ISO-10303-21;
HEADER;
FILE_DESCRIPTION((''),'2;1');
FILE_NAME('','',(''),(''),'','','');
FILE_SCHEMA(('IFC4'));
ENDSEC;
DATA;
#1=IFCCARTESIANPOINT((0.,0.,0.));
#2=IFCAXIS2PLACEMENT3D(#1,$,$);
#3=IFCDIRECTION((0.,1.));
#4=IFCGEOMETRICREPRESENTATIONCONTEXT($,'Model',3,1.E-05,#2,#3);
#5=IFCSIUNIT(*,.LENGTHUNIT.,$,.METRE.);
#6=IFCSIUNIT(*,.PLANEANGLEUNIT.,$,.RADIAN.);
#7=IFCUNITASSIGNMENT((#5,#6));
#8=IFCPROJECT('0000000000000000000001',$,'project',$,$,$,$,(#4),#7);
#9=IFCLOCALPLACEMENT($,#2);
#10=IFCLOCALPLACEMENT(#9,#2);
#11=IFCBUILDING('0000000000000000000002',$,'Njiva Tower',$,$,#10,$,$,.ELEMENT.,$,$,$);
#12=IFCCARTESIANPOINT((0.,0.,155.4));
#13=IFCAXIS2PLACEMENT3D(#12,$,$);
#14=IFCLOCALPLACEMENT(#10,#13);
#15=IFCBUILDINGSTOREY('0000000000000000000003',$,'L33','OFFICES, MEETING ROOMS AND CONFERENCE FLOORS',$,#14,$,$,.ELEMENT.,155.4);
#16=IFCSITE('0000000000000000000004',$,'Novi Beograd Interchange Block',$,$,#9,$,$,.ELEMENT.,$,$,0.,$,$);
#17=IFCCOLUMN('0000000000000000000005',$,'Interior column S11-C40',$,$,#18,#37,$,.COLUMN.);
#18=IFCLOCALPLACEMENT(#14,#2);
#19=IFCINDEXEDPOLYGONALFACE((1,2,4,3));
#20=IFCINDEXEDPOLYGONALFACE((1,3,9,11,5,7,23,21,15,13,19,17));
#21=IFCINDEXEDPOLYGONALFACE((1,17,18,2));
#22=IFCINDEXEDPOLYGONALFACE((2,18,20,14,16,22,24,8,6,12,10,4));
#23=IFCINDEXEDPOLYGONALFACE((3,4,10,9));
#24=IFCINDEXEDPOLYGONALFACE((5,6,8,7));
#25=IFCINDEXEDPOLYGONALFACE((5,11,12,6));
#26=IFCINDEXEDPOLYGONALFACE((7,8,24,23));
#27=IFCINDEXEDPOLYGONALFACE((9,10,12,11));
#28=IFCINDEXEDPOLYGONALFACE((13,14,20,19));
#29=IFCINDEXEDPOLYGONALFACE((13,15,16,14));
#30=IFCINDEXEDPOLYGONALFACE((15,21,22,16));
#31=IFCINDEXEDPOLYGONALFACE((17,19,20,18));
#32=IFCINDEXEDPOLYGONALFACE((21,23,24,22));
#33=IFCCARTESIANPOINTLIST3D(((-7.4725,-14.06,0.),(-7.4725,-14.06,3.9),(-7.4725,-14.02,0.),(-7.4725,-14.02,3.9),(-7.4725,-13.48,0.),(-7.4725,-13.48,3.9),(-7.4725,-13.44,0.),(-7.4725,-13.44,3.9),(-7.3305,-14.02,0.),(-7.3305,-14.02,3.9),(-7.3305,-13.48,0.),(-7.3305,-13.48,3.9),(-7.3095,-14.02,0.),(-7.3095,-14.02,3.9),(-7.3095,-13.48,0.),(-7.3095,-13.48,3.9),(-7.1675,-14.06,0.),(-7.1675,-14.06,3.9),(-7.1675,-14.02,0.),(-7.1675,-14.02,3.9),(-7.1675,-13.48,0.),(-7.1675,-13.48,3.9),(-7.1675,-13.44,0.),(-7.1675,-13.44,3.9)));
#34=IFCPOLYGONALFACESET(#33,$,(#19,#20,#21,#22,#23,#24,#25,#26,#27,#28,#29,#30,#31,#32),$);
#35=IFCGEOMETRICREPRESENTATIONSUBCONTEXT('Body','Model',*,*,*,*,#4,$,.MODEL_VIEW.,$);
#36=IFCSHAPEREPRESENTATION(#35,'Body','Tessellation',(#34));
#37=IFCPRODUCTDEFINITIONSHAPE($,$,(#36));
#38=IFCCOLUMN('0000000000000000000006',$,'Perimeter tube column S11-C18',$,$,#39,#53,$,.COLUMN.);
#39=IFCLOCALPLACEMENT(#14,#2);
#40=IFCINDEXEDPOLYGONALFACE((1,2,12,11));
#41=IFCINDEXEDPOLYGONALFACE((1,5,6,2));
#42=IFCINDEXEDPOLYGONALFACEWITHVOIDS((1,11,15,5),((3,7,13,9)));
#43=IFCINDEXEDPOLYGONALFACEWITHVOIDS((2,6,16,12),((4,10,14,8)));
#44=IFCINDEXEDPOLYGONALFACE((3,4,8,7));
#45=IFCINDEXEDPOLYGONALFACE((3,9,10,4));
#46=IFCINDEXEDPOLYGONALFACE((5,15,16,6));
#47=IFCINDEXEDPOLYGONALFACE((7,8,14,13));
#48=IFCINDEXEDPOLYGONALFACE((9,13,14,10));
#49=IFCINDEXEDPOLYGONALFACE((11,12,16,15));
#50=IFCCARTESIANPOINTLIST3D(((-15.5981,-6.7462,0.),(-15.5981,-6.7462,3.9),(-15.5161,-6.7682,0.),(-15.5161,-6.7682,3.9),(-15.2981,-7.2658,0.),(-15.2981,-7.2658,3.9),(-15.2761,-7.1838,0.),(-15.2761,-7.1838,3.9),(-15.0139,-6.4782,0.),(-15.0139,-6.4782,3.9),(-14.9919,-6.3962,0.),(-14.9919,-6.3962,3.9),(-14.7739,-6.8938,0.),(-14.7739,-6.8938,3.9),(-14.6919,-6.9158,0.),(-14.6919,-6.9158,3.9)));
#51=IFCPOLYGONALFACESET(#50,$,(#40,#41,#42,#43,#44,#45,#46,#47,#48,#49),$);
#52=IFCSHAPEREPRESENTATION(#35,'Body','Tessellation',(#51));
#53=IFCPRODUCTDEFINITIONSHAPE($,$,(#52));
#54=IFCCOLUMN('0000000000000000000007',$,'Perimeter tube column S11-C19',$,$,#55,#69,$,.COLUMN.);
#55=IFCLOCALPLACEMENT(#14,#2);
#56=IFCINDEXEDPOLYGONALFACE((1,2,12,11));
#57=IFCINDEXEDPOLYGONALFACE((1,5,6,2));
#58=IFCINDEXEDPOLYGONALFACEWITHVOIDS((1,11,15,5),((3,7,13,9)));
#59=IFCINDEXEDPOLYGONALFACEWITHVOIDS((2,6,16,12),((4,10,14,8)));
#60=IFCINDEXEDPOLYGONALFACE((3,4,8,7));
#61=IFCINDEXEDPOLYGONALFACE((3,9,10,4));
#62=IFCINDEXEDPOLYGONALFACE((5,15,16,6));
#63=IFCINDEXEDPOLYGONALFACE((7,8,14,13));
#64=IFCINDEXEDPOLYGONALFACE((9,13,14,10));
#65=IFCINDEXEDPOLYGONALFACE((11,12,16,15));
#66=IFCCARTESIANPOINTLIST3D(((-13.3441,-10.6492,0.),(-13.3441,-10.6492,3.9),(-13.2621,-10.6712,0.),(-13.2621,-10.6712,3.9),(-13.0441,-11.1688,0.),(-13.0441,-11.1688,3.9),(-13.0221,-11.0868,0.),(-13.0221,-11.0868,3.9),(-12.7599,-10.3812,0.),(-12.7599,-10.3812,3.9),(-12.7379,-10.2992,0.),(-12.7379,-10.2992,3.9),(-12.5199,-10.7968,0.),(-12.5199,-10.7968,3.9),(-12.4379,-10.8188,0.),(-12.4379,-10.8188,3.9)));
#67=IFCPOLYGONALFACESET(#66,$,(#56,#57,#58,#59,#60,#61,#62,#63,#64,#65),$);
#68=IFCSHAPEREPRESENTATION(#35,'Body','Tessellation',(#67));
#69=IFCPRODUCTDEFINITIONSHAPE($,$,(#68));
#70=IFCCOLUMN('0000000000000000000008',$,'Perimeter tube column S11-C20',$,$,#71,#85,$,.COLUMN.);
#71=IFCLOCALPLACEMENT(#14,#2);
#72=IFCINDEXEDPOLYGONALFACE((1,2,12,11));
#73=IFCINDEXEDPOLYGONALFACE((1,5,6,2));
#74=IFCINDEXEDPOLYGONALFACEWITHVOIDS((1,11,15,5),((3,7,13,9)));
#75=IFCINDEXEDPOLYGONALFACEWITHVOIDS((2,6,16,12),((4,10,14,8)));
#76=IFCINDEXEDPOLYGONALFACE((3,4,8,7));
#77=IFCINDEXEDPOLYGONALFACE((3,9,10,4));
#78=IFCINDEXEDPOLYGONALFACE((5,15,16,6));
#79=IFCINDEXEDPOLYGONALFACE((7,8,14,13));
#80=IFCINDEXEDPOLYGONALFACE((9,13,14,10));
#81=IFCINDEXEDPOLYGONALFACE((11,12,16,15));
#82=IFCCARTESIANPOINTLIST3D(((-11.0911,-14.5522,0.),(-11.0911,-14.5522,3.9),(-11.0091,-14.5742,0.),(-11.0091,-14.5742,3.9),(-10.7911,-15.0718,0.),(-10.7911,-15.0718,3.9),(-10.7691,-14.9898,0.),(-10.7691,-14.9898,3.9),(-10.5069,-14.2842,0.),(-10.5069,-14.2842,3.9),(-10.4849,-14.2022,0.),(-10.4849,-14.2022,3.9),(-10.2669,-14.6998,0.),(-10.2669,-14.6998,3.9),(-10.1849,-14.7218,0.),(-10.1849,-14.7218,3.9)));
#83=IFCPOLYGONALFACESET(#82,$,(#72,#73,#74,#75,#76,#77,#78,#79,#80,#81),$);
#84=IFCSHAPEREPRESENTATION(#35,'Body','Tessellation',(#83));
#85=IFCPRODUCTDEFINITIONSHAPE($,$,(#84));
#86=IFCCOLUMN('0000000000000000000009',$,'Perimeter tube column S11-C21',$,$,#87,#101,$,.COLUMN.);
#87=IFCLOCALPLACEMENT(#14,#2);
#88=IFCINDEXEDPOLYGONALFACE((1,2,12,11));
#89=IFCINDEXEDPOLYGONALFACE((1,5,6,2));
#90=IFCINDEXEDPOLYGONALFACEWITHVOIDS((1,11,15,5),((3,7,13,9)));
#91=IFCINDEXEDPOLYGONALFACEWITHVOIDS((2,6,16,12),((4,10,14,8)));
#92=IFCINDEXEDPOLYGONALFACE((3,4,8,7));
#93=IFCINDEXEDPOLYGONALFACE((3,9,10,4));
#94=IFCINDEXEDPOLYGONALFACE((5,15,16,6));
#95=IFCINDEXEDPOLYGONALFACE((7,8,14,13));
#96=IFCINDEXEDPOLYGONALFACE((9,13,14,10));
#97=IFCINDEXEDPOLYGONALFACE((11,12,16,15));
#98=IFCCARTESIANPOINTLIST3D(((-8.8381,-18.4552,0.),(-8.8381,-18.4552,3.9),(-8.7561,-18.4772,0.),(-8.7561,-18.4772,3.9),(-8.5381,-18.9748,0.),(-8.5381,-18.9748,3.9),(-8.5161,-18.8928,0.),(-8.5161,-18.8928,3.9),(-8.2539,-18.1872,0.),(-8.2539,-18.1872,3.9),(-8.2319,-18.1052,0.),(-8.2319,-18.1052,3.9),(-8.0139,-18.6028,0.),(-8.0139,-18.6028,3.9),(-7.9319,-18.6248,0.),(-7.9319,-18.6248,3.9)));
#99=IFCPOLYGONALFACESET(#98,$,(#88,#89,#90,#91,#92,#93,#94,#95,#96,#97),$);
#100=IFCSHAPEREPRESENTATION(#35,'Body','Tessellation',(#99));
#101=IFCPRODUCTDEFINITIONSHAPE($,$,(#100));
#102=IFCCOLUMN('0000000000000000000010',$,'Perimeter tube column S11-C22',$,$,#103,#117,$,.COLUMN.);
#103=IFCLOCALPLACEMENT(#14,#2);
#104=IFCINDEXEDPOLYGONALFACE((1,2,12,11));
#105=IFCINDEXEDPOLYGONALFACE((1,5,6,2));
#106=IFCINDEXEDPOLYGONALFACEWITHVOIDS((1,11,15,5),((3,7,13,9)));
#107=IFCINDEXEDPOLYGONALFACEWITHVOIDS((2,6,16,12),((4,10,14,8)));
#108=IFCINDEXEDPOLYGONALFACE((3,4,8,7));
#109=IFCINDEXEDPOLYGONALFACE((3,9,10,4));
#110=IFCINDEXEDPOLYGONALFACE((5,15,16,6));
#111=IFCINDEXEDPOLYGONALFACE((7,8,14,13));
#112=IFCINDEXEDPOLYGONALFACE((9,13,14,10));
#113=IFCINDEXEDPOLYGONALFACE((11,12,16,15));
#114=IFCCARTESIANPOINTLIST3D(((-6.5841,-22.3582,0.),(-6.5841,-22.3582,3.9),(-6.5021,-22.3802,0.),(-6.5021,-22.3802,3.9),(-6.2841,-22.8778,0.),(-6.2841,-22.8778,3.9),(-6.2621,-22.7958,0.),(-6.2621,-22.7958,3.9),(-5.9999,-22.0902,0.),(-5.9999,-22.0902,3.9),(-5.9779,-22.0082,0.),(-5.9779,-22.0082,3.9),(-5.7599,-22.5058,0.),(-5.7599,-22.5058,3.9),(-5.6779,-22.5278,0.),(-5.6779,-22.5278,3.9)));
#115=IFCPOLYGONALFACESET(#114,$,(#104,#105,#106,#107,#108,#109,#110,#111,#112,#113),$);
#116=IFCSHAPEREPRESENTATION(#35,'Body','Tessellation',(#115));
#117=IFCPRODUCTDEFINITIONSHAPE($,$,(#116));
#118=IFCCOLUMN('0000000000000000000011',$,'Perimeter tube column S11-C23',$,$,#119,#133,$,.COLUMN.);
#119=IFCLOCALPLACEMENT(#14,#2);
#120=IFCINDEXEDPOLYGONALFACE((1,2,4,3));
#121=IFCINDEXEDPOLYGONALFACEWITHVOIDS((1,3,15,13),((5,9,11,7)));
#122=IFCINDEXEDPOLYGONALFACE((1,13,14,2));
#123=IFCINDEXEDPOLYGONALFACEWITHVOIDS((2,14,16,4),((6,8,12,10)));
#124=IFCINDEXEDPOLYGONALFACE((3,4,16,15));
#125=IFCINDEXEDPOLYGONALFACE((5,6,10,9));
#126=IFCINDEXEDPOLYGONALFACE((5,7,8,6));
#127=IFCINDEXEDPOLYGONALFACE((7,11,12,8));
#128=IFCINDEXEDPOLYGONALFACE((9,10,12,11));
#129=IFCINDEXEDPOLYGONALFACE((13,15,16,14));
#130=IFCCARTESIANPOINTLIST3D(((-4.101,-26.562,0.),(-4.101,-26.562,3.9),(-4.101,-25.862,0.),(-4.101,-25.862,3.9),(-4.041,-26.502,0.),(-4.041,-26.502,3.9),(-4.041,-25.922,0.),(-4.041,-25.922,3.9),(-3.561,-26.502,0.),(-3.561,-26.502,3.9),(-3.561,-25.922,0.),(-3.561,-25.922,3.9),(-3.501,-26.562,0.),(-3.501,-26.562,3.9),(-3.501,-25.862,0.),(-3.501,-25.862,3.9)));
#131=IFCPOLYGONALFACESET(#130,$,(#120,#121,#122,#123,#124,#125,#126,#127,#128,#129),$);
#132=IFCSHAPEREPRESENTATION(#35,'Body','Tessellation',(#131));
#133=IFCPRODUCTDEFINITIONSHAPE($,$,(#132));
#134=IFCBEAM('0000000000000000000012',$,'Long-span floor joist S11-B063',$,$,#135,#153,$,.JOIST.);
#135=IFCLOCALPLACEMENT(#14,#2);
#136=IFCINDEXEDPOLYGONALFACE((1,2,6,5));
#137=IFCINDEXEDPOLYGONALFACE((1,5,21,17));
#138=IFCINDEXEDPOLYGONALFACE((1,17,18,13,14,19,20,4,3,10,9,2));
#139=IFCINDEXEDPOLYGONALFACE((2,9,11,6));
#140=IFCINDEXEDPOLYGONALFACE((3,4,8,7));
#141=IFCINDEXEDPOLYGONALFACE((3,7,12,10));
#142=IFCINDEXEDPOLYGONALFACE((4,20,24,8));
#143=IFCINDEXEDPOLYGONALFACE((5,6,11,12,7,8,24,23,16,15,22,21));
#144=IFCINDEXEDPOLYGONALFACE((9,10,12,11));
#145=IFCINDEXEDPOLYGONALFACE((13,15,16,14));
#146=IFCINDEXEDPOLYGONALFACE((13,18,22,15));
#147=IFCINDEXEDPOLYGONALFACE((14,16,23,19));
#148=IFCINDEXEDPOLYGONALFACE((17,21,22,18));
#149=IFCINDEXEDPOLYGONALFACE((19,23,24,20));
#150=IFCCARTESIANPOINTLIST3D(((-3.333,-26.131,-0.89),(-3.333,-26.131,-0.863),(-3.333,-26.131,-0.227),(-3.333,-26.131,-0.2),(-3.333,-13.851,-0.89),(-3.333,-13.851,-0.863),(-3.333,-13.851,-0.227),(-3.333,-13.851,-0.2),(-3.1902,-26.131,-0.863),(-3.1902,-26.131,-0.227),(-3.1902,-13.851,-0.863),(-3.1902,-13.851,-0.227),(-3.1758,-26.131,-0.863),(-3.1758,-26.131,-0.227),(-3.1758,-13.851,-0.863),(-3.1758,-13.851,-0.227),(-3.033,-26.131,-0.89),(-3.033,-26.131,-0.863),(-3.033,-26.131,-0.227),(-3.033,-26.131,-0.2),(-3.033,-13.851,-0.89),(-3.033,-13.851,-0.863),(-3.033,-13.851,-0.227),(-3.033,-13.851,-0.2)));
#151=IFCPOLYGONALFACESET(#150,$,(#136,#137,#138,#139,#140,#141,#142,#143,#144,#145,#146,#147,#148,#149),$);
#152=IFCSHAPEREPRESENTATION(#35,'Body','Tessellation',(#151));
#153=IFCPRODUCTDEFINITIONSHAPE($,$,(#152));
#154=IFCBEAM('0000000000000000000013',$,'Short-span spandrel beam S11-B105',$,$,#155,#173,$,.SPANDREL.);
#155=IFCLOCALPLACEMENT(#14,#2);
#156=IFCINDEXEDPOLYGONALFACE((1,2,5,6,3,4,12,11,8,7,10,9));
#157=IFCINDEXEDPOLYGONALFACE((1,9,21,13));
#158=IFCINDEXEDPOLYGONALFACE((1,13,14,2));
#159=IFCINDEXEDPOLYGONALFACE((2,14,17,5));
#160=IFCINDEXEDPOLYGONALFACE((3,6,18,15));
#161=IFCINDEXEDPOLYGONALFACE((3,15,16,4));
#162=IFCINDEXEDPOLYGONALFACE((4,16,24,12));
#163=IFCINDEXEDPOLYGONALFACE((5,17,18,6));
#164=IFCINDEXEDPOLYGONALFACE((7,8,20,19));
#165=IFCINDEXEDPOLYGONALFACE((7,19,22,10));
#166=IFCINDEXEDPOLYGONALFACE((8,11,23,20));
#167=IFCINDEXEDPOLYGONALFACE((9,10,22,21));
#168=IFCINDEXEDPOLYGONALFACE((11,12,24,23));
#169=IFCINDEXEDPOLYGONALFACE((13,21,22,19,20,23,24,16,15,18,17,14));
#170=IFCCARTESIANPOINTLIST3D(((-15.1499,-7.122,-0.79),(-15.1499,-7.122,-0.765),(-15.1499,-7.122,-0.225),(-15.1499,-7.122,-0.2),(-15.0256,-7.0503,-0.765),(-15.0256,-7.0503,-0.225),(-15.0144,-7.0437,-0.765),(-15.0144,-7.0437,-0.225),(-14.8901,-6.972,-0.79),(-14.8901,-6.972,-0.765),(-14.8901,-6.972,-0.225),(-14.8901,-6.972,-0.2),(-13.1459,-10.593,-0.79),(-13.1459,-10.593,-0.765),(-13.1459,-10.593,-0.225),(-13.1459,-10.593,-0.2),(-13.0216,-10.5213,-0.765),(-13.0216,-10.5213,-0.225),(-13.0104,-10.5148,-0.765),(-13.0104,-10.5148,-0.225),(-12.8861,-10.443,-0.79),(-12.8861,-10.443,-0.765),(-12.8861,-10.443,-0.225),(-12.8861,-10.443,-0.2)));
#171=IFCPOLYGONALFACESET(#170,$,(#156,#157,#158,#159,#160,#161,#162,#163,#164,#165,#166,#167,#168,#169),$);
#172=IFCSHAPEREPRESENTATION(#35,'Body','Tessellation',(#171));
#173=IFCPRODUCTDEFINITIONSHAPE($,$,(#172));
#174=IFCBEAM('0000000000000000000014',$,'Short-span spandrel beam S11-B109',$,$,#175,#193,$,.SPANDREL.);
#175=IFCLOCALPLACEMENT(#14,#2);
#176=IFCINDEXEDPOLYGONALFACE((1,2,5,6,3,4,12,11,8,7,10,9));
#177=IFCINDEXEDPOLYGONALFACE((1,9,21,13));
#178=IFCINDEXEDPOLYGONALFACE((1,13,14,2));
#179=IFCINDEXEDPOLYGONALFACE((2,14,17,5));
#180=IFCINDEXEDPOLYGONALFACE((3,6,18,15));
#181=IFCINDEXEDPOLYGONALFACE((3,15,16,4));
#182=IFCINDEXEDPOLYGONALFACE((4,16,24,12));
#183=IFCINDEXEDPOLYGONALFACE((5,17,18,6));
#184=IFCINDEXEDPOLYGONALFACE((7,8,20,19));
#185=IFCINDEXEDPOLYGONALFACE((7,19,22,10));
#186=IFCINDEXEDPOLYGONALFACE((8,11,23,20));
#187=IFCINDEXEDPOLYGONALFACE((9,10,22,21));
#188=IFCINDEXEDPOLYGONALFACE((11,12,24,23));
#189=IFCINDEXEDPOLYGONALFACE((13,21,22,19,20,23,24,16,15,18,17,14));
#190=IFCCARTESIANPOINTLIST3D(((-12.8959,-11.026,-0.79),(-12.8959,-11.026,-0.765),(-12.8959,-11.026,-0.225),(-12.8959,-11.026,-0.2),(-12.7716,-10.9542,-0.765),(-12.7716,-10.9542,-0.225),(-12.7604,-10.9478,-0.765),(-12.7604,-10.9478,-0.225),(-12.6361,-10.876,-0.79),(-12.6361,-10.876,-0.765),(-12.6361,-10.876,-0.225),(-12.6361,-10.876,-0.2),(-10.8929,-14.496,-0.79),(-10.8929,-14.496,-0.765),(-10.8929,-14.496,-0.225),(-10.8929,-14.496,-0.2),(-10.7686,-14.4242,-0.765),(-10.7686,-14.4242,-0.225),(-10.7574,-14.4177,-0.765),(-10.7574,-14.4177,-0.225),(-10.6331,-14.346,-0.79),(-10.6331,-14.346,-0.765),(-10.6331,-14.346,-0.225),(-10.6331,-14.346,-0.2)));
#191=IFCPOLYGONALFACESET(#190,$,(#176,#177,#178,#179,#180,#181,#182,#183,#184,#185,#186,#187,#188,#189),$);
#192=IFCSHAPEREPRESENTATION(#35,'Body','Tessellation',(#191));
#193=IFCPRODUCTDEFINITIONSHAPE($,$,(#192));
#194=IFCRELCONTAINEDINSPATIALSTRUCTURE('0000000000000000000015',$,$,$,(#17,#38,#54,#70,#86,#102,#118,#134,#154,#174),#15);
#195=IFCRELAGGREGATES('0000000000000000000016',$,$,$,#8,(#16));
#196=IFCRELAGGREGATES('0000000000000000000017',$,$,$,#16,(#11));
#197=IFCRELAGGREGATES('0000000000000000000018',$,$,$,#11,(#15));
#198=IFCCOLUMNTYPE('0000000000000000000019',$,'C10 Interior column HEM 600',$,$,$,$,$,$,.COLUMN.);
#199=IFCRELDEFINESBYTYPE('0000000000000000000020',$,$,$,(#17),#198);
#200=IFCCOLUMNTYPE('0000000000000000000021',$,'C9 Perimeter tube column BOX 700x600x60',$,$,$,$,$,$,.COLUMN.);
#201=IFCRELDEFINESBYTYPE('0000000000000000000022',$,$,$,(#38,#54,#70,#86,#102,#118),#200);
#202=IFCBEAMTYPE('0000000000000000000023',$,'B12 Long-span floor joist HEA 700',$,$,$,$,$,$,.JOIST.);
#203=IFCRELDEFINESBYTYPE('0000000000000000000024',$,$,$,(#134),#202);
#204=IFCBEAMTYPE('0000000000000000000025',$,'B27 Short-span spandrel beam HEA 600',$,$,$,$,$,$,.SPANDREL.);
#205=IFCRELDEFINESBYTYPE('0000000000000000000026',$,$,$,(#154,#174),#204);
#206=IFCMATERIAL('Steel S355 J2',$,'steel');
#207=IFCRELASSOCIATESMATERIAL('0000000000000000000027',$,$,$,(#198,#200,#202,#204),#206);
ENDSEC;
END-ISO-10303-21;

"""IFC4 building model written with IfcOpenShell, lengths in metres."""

from ifc_helpers import new_model, si_unit, direction, frame, origin, origin_2d, place, context, subcontext, project, spatial, hollow_rectangle, i_section, extrude, material, material_profile, profile_set, type_object, element, save


model = new_model("IFC4")

# Units and contexts
model_context = context("Model", 3, precision=1e-05, world=origin(), true_north=direction((0.0, 1.0)))
body_context = subcontext(model_context, "Body", "Model", "MODEL_VIEW")
ifc_project = project(units=[si_unit("LENGTHUNIT", "METRE"), si_unit("PLANEANGLEUNIT", "RADIAN")], contexts=[model_context])

# Site, building, storey
site_placement = place(None, origin())
site = spatial("IfcSite", under=ifc_project, at=site_placement, Name="Novi Beograd Interchange Block", CompositionType="ELEMENT", RefElevation=0.0)
building_placement = place(site_placement, origin())
building = spatial("IfcBuilding", under=site, at=building_placement, Name="Njiva Tower", CompositionType="ELEMENT")
storey_placement = place(building_placement, frame((0.0, 0.0, 155.4)))
storey = spatial("IfcBuildingStorey", under=building, at=storey_placement, Name="L33", Description="OFFICES, MEETING ROOMS AND CONFERENCE FLOORS", CompositionType="ELEMENT", Elevation=155.4)

# Columns
ifc_material_1 = material(Name="Steel S355 J2", Category="steel")
ifc_material_profile_1 = material_profile(ifc_material_1, i_section(OverallWidth=0.305, OverallDepth=0.62, WebThickness=0.021, FlangeThickness=0.04, at=origin_2d()), Name="HEM 600")
ifc_profile_set_1 = profile_set([ifc_material_profile_1], Name="Steel S355 J2")
column_type_1 = type_object("IfcColumnType", Name="C10 Interior column HEM 600", PredefinedType="COLUMN", material=ifc_profile_set_1)
column_placement = place(storey_placement, frame((-7.32, -13.75, 0.0), z_axis=(0.0, 0.0, 1.0), x_axis=(1.0, 0.0, 0.0)))
element("IfcColumn", 1, at=column_placement, inside=storey, type_object=column_type_1, Name="Interior column S11-C40", PredefinedType="COLUMN", context=body_context, shape_type="SweptSolid", body=[
    extrude(i_section(OverallWidth=0.305, OverallDepth=0.62, WebThickness=0.021, FlangeThickness=0.04, at=origin_2d()), origin(), (0.0, 0.0, 1.0), 3.9),
])
ifc_material_profile_2 = material_profile(ifc_material_1, hollow_rectangle(XDim=0.6, YDim=0.7, WallThickness=0.06, at=origin_2d()), Name="BOX 700x600x60")
ifc_profile_set_2 = profile_set([ifc_material_profile_2], Name="Steel S355 J2")
column_type_2 = type_object("IfcColumnType", Name="C9 Perimeter tube column BOX 700x600x60", PredefinedType="COLUMN", material=ifc_profile_set_2)
for number, where, z_axis, x_axis, name in (
    (2, (-15.145, -6.831, 0.0), (0.0, 0.0, 1.0), (0.5, -0.866025, 0.0), "Perimeter tube column S11-C18"),
    (3, (-12.891, -10.734, 0.0), (0.0, 0.0, 1.0), (0.5, -0.866025, 0.0), "Perimeter tube column S11-C19"),
    (4, (-10.638, -14.637, 0.0), (0.0, 0.0, 1.0), (0.5, -0.866025, 0.0), "Perimeter tube column S11-C20"),
    (5, (-8.385, -18.54, 0.0), (0.0, 0.0, 1.0), (0.5, -0.866025, 0.0), "Perimeter tube column S11-C21"),
    (6, (-6.131, -22.443, 0.0), (0.0, 0.0, 1.0), (0.5, -0.866025, 0.0), "Perimeter tube column S11-C22"),
    (7, (-3.801, -26.212, 0.0), (0.0, 0.0, 1.0), (1.0, 0.0, 0.0), "Perimeter tube column S11-C23"),
):
    element("IfcColumn", number, at=place(storey_placement, frame(where, z_axis=z_axis, x_axis=x_axis)), inside=storey, type_object=column_type_2, Name=name, PredefinedType="COLUMN", context=body_context, shape_type="SweptSolid", body=[
        extrude(hollow_rectangle(XDim=0.6, YDim=0.7, WallThickness=0.06, at=origin_2d()), origin(), (0.0, 0.0, 1.0), 3.9),
    ])

# Beams
ifc_material_profile_3 = material_profile(ifc_material_1, i_section(OverallWidth=0.3, OverallDepth=0.69, WebThickness=0.0145, FlangeThickness=0.027, at=origin_2d()), Name="HEA 700")
ifc_profile_set_3 = profile_set([ifc_material_profile_3], Name="Steel S355 J2")
beam_type_1 = type_object("IfcBeamType", Name="B12 Long-span floor joist HEA 700", PredefinedType="JOIST", material=ifc_profile_set_3)
beam_1_placement = place(storey_placement, frame((-3.183, -13.851, -0.545), z_axis=(0.0, -1.0, 0.0), x_axis=(1.0, 0.0, 0.0)))
element("IfcBeam", 8, at=beam_1_placement, inside=storey, type_object=beam_type_1, Name="Long-span floor joist S11-B063", PredefinedType="JOIST", context=body_context, shape_type="SweptSolid", body=[
    extrude(i_section(OverallWidth=0.3, OverallDepth=0.69, WebThickness=0.0145, FlangeThickness=0.027, at=origin_2d()), origin(), (0.0, 0.0, 1.0), 12.28),
])
ifc_material_profile_4 = material_profile(ifc_material_1, i_section(OverallWidth=0.3, OverallDepth=0.59, WebThickness=0.013, FlangeThickness=0.025, at=origin_2d()), Name="HEA 600")
ifc_profile_set_4 = profile_set([ifc_material_profile_4], Name="Steel S355 J2")
beam_type_2 = type_object("IfcBeamType", Name="B27 Short-span spandrel beam HEA 600", PredefinedType="SPANDREL", material=ifc_profile_set_4)
beam_2_placement = place(storey_placement, frame((-15.02, -7.047, -0.495), z_axis=(0.500003, -0.866024, 0.0), x_axis=(0.866024, 0.500003, 0.0)))
element("IfcBeam", 9, at=beam_2_placement, inside=storey, type_object=beam_type_2, Name="Short-span spandrel beam S11-B105", PredefinedType="SPANDREL", context=body_context, shape_type="SweptSolid", body=[
    extrude(i_section(OverallWidth=0.3, OverallDepth=0.59, WebThickness=0.013, FlangeThickness=0.025, at=origin_2d()), origin(), (0.0, 0.0, 1.0), 4.008),
])
beam_3_placement = place(storey_placement, frame((-12.766, -10.951, -0.495), z_axis=(0.499924, -0.866069, 0.0), x_axis=(0.866069, 0.499924, 0.0)))
element("IfcBeam", 10, at=beam_3_placement, inside=storey, type_object=beam_type_2, Name="Short-span spandrel beam S11-B109", PredefinedType="SPANDREL", context=body_context, shape_type="SweptSolid", body=[
    extrude(i_section(OverallWidth=0.3, OverallDepth=0.59, WebThickness=0.013, FlangeThickness=0.025, at=origin_2d()), origin(), (0.0, 0.0, 1.0), 4.0066),
])

save(model, "model.ifc")
